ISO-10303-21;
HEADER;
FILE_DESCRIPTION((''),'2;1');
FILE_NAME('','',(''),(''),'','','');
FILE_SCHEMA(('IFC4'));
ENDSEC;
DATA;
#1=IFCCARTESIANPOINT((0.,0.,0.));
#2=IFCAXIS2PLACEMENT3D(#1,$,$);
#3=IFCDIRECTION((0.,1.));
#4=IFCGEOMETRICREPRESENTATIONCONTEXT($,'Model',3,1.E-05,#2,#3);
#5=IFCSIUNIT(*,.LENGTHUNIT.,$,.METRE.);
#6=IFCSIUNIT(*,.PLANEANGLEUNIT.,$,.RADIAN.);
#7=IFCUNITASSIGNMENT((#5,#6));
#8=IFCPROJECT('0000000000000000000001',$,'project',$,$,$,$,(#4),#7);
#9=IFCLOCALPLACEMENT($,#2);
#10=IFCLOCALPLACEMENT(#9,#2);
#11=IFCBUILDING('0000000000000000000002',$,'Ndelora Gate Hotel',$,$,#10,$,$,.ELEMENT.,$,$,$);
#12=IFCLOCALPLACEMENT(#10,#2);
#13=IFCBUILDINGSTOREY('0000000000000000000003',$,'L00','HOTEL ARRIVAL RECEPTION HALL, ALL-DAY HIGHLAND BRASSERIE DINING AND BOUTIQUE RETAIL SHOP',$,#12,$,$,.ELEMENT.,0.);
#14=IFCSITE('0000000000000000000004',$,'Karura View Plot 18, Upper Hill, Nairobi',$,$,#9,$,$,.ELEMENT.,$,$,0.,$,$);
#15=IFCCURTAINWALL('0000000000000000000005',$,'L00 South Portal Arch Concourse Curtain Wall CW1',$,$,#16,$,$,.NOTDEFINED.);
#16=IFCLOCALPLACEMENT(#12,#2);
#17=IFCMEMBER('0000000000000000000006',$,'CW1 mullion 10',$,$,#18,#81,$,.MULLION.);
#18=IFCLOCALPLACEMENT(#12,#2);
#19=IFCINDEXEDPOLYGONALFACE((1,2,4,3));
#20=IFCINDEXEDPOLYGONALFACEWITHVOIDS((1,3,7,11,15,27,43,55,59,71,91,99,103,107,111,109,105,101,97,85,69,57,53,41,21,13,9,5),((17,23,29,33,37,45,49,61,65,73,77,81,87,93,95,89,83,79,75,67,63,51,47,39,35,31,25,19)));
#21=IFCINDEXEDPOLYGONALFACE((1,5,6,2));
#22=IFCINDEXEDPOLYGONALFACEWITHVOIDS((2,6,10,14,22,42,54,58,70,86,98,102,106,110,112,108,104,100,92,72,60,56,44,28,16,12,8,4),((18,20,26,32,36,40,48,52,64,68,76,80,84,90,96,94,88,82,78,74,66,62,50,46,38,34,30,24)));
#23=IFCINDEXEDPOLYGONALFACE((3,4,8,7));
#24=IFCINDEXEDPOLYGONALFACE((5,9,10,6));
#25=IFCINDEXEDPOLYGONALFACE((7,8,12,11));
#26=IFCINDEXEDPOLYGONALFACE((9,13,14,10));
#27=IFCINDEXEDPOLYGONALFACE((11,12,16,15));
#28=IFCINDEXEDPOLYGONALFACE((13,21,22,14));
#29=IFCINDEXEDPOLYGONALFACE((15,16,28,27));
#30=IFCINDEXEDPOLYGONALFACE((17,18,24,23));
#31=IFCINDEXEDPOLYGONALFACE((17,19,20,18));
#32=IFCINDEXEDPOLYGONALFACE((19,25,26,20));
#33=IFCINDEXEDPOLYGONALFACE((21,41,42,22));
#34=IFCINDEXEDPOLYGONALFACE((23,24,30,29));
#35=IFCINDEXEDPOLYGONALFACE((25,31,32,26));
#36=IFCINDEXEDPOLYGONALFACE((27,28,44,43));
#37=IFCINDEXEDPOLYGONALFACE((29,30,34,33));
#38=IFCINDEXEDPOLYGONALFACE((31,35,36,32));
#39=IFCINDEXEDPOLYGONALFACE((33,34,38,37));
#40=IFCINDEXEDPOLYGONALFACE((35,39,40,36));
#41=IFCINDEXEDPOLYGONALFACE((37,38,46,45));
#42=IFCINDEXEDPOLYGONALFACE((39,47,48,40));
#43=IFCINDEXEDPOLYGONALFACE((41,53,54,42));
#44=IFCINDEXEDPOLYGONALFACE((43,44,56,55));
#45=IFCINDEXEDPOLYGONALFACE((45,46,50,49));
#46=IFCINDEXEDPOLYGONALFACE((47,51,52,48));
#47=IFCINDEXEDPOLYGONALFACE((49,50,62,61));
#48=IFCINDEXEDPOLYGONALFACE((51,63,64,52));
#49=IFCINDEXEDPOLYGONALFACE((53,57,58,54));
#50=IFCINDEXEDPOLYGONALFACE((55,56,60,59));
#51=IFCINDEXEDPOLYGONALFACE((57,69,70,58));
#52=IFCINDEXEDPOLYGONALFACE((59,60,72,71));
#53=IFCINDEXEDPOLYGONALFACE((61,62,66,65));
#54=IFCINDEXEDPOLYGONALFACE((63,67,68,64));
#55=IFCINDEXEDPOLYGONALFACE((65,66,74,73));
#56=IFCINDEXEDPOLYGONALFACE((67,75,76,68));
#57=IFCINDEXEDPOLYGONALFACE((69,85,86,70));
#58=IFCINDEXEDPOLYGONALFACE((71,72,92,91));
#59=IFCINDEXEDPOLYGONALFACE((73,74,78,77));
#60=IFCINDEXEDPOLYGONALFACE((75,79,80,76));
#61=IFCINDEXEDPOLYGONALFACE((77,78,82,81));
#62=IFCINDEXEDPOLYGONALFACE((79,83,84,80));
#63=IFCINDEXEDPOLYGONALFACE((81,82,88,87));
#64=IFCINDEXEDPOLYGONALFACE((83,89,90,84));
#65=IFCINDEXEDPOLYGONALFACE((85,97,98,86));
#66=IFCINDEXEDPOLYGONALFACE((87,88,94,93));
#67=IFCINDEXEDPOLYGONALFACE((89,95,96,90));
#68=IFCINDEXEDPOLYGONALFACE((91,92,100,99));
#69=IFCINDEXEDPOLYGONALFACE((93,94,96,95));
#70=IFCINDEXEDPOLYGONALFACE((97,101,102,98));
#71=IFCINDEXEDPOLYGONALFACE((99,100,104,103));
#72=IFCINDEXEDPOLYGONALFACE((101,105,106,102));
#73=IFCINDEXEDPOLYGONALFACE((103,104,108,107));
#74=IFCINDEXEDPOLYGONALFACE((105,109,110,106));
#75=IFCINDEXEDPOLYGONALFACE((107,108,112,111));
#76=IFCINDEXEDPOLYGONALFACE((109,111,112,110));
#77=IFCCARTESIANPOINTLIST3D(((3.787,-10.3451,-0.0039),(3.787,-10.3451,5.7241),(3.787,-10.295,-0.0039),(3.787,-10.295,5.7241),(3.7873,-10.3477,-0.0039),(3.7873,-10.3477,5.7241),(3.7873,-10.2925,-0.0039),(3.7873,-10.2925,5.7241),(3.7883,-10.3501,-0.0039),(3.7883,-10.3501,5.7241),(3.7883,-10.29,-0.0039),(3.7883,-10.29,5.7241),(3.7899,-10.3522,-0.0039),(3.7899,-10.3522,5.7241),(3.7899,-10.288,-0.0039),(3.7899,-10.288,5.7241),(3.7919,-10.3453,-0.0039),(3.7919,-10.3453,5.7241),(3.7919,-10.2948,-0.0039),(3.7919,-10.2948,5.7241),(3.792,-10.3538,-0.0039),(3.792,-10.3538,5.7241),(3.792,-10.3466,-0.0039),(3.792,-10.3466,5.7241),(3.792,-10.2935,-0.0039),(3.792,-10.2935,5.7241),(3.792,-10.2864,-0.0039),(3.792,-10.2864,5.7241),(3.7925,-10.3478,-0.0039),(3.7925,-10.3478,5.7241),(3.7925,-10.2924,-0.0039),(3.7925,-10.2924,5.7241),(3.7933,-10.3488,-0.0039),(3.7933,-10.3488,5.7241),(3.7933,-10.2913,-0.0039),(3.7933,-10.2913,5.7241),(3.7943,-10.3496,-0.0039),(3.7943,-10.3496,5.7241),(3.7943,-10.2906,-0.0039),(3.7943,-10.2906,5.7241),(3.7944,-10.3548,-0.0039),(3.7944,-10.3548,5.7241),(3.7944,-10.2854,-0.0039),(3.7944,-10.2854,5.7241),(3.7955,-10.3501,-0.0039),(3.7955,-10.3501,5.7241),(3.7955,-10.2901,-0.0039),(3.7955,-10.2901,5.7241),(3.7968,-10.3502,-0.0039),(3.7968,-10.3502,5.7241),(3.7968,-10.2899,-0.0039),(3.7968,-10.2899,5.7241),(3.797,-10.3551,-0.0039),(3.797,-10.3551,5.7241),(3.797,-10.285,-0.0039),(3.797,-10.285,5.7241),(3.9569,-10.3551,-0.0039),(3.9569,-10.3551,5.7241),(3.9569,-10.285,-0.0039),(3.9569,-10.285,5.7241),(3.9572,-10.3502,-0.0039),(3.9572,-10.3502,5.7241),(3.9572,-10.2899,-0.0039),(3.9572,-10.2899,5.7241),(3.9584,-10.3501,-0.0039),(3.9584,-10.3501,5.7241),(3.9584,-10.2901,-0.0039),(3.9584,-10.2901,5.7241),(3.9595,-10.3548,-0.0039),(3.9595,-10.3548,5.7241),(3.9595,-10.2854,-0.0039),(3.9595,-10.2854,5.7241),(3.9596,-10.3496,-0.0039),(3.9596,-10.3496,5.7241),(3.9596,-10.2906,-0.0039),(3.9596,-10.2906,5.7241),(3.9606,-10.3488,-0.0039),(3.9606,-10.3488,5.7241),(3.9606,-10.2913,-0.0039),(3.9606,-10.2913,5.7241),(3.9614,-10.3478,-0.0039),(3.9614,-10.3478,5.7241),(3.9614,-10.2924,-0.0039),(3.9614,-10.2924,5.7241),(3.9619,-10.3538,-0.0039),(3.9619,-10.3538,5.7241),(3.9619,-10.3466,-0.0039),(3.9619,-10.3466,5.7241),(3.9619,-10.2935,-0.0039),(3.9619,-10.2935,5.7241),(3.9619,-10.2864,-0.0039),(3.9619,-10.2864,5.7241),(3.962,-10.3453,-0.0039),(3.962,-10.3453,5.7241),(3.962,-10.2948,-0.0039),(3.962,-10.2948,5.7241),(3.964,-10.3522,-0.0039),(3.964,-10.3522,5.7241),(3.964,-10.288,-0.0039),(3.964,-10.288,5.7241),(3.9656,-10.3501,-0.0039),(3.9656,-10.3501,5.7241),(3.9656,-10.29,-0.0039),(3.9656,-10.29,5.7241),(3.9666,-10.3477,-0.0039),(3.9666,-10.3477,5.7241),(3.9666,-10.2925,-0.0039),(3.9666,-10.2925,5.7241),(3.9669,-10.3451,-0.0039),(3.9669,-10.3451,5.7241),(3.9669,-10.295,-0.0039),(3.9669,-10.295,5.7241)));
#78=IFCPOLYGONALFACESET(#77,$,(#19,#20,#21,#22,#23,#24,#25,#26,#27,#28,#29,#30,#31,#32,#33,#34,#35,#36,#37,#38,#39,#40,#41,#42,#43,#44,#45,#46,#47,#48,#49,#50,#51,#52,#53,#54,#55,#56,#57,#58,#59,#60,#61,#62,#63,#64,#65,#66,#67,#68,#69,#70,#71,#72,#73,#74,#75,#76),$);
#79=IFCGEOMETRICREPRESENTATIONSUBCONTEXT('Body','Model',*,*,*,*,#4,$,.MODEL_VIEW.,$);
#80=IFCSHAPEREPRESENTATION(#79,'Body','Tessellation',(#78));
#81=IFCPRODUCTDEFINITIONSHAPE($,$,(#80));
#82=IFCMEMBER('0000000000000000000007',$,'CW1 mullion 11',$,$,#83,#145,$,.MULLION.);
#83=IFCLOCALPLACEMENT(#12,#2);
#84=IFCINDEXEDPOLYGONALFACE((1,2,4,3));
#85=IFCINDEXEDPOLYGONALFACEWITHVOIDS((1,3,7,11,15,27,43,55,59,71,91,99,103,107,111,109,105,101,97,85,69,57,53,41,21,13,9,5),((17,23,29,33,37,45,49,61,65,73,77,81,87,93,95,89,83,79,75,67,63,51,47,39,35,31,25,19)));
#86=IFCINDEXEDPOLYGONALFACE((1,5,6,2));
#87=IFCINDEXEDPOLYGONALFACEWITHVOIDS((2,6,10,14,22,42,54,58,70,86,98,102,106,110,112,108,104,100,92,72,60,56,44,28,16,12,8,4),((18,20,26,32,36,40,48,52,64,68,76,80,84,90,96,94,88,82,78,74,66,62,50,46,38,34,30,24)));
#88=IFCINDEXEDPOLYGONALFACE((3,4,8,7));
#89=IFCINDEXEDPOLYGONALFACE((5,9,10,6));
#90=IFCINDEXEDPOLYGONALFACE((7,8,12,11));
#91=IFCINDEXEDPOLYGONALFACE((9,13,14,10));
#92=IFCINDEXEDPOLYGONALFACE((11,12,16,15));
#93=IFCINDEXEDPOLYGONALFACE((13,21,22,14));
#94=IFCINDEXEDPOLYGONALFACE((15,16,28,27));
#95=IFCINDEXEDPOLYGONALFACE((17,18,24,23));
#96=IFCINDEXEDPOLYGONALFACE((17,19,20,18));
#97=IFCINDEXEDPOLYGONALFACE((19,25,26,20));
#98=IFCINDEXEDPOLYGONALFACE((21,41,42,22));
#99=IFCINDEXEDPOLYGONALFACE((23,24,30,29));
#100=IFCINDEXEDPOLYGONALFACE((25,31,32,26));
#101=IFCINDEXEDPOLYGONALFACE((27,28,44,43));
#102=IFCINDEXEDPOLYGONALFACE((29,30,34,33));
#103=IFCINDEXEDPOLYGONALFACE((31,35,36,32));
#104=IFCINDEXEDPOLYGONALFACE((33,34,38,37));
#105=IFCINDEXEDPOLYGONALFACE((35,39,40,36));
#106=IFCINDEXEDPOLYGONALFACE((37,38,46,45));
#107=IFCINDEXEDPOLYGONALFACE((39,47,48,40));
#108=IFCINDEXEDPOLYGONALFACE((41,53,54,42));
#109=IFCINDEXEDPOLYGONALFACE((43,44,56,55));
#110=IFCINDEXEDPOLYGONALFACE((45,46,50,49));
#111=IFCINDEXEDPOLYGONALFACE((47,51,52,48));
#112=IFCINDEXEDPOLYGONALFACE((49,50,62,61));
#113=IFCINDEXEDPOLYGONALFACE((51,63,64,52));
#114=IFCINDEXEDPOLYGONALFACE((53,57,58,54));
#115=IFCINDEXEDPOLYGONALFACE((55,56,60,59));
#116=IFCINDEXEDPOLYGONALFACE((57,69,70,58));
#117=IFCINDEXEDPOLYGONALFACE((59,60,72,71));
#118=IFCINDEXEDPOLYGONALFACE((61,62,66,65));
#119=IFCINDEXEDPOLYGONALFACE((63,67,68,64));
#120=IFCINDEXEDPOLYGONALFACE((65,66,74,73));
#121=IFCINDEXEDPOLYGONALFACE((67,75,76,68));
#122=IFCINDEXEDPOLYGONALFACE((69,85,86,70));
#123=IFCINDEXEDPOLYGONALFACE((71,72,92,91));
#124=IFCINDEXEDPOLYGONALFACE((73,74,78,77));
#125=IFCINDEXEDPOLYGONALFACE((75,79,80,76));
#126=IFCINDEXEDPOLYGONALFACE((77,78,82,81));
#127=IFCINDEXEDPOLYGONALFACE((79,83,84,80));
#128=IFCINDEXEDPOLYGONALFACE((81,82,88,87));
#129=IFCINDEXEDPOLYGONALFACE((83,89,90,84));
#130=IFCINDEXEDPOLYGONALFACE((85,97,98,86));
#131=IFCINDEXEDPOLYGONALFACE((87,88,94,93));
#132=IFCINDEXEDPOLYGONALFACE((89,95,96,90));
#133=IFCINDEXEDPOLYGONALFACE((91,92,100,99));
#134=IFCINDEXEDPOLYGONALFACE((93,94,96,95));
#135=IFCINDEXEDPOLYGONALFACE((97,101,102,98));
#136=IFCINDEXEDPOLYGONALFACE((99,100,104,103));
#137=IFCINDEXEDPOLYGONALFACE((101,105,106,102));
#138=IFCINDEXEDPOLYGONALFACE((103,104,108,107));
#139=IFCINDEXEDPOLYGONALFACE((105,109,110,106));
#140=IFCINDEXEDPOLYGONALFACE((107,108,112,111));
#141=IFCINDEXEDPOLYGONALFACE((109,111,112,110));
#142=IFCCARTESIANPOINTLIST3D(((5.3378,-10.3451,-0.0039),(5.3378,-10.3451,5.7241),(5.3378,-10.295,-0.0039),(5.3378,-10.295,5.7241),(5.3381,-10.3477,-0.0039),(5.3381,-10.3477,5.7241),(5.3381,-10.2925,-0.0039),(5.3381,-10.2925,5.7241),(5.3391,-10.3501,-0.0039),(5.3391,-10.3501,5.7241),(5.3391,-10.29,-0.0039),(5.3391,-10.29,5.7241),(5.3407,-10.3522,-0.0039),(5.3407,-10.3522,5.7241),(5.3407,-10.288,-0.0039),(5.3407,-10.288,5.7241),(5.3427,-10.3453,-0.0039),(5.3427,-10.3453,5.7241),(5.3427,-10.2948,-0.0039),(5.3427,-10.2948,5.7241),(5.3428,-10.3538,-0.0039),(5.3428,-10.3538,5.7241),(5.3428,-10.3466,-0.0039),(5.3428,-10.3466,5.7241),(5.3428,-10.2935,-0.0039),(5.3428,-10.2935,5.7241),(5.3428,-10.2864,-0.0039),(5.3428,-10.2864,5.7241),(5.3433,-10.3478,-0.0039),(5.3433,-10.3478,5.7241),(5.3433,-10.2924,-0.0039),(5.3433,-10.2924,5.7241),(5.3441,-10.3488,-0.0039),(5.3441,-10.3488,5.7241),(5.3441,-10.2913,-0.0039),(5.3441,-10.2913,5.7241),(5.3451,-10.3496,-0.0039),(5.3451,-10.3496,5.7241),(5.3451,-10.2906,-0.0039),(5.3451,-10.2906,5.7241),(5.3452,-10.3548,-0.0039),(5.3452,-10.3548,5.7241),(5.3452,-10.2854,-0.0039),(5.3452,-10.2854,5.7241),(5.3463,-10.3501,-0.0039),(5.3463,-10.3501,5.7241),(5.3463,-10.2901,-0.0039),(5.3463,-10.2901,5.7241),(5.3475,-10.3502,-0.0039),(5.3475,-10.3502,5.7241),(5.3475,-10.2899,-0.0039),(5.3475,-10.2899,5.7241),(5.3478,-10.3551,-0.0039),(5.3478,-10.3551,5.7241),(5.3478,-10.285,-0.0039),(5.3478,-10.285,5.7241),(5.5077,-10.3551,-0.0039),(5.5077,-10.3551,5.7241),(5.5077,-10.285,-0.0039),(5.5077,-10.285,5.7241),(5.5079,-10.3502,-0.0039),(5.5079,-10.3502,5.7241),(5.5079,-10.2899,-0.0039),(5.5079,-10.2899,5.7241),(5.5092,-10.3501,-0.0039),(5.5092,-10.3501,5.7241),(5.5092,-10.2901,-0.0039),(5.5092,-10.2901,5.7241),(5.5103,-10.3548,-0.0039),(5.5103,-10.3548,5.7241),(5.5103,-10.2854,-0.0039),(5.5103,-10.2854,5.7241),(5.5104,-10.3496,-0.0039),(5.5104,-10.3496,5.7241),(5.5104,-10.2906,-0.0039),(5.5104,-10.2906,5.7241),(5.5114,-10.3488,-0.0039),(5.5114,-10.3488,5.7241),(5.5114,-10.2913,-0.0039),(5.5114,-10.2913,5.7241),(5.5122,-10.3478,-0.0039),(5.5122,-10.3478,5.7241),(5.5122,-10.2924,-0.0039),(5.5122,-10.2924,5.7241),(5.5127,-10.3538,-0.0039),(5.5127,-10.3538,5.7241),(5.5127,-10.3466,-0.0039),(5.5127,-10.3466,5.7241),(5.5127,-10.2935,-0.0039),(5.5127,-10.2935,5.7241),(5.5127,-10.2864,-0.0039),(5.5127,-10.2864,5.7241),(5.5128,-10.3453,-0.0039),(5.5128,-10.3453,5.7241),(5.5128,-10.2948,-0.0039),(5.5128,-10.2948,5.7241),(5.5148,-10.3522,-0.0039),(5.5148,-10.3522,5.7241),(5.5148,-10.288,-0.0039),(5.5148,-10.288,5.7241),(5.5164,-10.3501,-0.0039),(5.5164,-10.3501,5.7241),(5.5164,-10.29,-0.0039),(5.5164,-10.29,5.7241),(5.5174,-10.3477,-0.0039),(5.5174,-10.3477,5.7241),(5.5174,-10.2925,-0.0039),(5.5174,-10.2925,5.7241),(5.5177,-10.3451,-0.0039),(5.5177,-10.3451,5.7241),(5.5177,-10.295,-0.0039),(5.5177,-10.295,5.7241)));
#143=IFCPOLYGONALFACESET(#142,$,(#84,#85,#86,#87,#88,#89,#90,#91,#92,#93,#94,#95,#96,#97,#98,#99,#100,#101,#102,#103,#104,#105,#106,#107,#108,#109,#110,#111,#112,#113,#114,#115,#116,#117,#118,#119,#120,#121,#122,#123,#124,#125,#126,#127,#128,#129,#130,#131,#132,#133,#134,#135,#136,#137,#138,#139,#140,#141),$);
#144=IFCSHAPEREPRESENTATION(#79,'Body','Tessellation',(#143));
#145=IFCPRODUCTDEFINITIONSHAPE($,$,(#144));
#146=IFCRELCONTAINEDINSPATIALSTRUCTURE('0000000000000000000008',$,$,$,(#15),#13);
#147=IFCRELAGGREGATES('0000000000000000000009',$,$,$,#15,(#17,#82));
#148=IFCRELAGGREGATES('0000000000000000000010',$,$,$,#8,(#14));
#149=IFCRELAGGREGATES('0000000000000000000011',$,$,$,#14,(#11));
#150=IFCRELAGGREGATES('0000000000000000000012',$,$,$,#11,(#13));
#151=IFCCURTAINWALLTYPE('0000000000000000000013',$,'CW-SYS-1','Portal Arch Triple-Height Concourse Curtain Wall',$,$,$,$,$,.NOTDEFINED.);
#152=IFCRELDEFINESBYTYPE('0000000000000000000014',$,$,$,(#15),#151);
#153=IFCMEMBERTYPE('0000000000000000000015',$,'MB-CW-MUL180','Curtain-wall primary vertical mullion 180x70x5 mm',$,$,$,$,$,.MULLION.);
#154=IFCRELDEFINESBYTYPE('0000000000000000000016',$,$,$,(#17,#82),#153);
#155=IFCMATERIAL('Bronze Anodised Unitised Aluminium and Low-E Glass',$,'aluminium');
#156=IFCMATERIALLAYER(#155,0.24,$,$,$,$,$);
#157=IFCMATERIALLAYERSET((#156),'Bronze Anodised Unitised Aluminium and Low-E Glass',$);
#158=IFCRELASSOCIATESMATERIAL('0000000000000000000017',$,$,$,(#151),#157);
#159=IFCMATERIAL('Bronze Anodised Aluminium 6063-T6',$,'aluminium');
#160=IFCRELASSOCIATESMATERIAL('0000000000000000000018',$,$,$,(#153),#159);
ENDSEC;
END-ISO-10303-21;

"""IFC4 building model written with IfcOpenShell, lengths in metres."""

from ifc_helpers import new_model, si_unit, direction, frame, origin, origin_2d, place, context, subcontext, project, spatial, hollow_rectangle, extrude, material, layer, layer_set, material_profile, profile_set, type_object, element, aggregate, save


model = new_model("IFC4")

# Units and contexts
model_context = context("Model", 3, precision=1e-05, world=origin(), true_north=direction((0.0, 1.0)))
body_context = subcontext(model_context, "Body", "Model", "MODEL_VIEW")
ifc_project = project(units=[si_unit("LENGTHUNIT", "METRE"), si_unit("PLANEANGLEUNIT", "RADIAN")], contexts=[model_context])

# Site, building, storey
site_placement = place(None, origin())
site = spatial("IfcSite", under=ifc_project, at=site_placement, Name="Karura View Plot 18, Upper Hill, Nairobi", CompositionType="ELEMENT", RefElevation=0.0)
building_placement = place(site_placement, origin())
building = spatial("IfcBuilding", under=site, at=building_placement, Name="Ndelora Gate Hotel", CompositionType="ELEMENT")
storey_placement = place(building_placement, origin())
storey = spatial("IfcBuildingStorey", under=building, at=storey_placement, Name="L00", Description="HOTEL ARRIVAL RECEPTION HALL, ALL-DAY HIGHLAND BRASSERIE DINING AND BOUTIQUE RETAIL SHOP", CompositionType="ELEMENT", Elevation=0.0)

# Curtain wall, members
ifc_material_1 = material(Name="Bronze Anodised Unitised Aluminium and Low-E Glass", Category="aluminium")
ifc_layer_1 = layer(ifc_material_1, 0.24)
ifc_layer_set_1 = layer_set([ifc_layer_1], Name="Bronze Anodised Unitised Aluminium and Low-E Glass")
curtain_wall_type = type_object("IfcCurtainWallType", Name="CW-SYS-1", Description="Portal Arch Triple-Height Concourse Curtain Wall", PredefinedType="NOTDEFINED", material=ifc_layer_set_1)
curtain_wall_placement = place(storey_placement, origin())
curtain_wall = element("IfcCurtainWall", 1, at=curtain_wall_placement, inside=storey, type_object=curtain_wall_type, Name="L00 South Portal Arch Concourse Curtain Wall CW1", PredefinedType="NOTDEFINED")
ifc_material_2 = material(Name="Bronze Anodised Aluminium 6063-T6", Category="aluminium")
ifc_material_profile_1 = material_profile(ifc_material_2, hollow_rectangle(XDim=0.0701, YDim=0.1799, WallThickness=0.0049, InnerFilletRadius=0.0049, OuterFilletRadius=0.01, at=origin_2d()), Name="ALU 180x70x5")
ifc_profile_set_1 = profile_set([ifc_material_profile_1], Name="Bronze Anodised Aluminium 6063-T6")
member_type_1 = type_object("IfcMemberType", Name="MB-CW-MUL180", Description="Curtain-wall primary vertical mullion 180x70x5 mm", PredefinedType="MULLION", material=ifc_profile_set_1)
member_1_placement = place(storey_placement, frame((3.877, -10.3201, -0.0039), z_axis=(0.0, 0.0, 1.0), x_axis=(0.0, 1.0, 0.0)))
member_1 = element("IfcMember", 2, at=member_1_placement, type_object=member_type_1, Name="CW1 mullion 10", PredefinedType="MULLION", context=body_context, shape_type="SweptSolid", body=[
    extrude(hollow_rectangle(XDim=0.0701, YDim=0.1799, WallThickness=0.0049, InnerFilletRadius=0.0049, OuterFilletRadius=0.01, at=origin_2d()), origin(), (0.0, 0.0, 1.0), 5.728),
])
member_2_placement = place(storey_placement, frame((5.4277, -10.3201, -0.0039), z_axis=(0.0, 0.0, 1.0), x_axis=(0.0, 1.0, 0.0)))
member_2 = element("IfcMember", 3, at=member_2_placement, type_object=member_type_1, Name="CW1 mullion 11", PredefinedType="MULLION", context=body_context, shape_type="SweptSolid", body=[
    extrude(hollow_rectangle(XDim=0.0701, YDim=0.1799, WallThickness=0.0049, InnerFilletRadius=0.0049, OuterFilletRadius=0.01, at=origin_2d()), origin(), (0.0, 0.0, 1.0), 5.728),
])
aggregate(curtain_wall, [member_1, member_2])

save(model, "model.ifc")
